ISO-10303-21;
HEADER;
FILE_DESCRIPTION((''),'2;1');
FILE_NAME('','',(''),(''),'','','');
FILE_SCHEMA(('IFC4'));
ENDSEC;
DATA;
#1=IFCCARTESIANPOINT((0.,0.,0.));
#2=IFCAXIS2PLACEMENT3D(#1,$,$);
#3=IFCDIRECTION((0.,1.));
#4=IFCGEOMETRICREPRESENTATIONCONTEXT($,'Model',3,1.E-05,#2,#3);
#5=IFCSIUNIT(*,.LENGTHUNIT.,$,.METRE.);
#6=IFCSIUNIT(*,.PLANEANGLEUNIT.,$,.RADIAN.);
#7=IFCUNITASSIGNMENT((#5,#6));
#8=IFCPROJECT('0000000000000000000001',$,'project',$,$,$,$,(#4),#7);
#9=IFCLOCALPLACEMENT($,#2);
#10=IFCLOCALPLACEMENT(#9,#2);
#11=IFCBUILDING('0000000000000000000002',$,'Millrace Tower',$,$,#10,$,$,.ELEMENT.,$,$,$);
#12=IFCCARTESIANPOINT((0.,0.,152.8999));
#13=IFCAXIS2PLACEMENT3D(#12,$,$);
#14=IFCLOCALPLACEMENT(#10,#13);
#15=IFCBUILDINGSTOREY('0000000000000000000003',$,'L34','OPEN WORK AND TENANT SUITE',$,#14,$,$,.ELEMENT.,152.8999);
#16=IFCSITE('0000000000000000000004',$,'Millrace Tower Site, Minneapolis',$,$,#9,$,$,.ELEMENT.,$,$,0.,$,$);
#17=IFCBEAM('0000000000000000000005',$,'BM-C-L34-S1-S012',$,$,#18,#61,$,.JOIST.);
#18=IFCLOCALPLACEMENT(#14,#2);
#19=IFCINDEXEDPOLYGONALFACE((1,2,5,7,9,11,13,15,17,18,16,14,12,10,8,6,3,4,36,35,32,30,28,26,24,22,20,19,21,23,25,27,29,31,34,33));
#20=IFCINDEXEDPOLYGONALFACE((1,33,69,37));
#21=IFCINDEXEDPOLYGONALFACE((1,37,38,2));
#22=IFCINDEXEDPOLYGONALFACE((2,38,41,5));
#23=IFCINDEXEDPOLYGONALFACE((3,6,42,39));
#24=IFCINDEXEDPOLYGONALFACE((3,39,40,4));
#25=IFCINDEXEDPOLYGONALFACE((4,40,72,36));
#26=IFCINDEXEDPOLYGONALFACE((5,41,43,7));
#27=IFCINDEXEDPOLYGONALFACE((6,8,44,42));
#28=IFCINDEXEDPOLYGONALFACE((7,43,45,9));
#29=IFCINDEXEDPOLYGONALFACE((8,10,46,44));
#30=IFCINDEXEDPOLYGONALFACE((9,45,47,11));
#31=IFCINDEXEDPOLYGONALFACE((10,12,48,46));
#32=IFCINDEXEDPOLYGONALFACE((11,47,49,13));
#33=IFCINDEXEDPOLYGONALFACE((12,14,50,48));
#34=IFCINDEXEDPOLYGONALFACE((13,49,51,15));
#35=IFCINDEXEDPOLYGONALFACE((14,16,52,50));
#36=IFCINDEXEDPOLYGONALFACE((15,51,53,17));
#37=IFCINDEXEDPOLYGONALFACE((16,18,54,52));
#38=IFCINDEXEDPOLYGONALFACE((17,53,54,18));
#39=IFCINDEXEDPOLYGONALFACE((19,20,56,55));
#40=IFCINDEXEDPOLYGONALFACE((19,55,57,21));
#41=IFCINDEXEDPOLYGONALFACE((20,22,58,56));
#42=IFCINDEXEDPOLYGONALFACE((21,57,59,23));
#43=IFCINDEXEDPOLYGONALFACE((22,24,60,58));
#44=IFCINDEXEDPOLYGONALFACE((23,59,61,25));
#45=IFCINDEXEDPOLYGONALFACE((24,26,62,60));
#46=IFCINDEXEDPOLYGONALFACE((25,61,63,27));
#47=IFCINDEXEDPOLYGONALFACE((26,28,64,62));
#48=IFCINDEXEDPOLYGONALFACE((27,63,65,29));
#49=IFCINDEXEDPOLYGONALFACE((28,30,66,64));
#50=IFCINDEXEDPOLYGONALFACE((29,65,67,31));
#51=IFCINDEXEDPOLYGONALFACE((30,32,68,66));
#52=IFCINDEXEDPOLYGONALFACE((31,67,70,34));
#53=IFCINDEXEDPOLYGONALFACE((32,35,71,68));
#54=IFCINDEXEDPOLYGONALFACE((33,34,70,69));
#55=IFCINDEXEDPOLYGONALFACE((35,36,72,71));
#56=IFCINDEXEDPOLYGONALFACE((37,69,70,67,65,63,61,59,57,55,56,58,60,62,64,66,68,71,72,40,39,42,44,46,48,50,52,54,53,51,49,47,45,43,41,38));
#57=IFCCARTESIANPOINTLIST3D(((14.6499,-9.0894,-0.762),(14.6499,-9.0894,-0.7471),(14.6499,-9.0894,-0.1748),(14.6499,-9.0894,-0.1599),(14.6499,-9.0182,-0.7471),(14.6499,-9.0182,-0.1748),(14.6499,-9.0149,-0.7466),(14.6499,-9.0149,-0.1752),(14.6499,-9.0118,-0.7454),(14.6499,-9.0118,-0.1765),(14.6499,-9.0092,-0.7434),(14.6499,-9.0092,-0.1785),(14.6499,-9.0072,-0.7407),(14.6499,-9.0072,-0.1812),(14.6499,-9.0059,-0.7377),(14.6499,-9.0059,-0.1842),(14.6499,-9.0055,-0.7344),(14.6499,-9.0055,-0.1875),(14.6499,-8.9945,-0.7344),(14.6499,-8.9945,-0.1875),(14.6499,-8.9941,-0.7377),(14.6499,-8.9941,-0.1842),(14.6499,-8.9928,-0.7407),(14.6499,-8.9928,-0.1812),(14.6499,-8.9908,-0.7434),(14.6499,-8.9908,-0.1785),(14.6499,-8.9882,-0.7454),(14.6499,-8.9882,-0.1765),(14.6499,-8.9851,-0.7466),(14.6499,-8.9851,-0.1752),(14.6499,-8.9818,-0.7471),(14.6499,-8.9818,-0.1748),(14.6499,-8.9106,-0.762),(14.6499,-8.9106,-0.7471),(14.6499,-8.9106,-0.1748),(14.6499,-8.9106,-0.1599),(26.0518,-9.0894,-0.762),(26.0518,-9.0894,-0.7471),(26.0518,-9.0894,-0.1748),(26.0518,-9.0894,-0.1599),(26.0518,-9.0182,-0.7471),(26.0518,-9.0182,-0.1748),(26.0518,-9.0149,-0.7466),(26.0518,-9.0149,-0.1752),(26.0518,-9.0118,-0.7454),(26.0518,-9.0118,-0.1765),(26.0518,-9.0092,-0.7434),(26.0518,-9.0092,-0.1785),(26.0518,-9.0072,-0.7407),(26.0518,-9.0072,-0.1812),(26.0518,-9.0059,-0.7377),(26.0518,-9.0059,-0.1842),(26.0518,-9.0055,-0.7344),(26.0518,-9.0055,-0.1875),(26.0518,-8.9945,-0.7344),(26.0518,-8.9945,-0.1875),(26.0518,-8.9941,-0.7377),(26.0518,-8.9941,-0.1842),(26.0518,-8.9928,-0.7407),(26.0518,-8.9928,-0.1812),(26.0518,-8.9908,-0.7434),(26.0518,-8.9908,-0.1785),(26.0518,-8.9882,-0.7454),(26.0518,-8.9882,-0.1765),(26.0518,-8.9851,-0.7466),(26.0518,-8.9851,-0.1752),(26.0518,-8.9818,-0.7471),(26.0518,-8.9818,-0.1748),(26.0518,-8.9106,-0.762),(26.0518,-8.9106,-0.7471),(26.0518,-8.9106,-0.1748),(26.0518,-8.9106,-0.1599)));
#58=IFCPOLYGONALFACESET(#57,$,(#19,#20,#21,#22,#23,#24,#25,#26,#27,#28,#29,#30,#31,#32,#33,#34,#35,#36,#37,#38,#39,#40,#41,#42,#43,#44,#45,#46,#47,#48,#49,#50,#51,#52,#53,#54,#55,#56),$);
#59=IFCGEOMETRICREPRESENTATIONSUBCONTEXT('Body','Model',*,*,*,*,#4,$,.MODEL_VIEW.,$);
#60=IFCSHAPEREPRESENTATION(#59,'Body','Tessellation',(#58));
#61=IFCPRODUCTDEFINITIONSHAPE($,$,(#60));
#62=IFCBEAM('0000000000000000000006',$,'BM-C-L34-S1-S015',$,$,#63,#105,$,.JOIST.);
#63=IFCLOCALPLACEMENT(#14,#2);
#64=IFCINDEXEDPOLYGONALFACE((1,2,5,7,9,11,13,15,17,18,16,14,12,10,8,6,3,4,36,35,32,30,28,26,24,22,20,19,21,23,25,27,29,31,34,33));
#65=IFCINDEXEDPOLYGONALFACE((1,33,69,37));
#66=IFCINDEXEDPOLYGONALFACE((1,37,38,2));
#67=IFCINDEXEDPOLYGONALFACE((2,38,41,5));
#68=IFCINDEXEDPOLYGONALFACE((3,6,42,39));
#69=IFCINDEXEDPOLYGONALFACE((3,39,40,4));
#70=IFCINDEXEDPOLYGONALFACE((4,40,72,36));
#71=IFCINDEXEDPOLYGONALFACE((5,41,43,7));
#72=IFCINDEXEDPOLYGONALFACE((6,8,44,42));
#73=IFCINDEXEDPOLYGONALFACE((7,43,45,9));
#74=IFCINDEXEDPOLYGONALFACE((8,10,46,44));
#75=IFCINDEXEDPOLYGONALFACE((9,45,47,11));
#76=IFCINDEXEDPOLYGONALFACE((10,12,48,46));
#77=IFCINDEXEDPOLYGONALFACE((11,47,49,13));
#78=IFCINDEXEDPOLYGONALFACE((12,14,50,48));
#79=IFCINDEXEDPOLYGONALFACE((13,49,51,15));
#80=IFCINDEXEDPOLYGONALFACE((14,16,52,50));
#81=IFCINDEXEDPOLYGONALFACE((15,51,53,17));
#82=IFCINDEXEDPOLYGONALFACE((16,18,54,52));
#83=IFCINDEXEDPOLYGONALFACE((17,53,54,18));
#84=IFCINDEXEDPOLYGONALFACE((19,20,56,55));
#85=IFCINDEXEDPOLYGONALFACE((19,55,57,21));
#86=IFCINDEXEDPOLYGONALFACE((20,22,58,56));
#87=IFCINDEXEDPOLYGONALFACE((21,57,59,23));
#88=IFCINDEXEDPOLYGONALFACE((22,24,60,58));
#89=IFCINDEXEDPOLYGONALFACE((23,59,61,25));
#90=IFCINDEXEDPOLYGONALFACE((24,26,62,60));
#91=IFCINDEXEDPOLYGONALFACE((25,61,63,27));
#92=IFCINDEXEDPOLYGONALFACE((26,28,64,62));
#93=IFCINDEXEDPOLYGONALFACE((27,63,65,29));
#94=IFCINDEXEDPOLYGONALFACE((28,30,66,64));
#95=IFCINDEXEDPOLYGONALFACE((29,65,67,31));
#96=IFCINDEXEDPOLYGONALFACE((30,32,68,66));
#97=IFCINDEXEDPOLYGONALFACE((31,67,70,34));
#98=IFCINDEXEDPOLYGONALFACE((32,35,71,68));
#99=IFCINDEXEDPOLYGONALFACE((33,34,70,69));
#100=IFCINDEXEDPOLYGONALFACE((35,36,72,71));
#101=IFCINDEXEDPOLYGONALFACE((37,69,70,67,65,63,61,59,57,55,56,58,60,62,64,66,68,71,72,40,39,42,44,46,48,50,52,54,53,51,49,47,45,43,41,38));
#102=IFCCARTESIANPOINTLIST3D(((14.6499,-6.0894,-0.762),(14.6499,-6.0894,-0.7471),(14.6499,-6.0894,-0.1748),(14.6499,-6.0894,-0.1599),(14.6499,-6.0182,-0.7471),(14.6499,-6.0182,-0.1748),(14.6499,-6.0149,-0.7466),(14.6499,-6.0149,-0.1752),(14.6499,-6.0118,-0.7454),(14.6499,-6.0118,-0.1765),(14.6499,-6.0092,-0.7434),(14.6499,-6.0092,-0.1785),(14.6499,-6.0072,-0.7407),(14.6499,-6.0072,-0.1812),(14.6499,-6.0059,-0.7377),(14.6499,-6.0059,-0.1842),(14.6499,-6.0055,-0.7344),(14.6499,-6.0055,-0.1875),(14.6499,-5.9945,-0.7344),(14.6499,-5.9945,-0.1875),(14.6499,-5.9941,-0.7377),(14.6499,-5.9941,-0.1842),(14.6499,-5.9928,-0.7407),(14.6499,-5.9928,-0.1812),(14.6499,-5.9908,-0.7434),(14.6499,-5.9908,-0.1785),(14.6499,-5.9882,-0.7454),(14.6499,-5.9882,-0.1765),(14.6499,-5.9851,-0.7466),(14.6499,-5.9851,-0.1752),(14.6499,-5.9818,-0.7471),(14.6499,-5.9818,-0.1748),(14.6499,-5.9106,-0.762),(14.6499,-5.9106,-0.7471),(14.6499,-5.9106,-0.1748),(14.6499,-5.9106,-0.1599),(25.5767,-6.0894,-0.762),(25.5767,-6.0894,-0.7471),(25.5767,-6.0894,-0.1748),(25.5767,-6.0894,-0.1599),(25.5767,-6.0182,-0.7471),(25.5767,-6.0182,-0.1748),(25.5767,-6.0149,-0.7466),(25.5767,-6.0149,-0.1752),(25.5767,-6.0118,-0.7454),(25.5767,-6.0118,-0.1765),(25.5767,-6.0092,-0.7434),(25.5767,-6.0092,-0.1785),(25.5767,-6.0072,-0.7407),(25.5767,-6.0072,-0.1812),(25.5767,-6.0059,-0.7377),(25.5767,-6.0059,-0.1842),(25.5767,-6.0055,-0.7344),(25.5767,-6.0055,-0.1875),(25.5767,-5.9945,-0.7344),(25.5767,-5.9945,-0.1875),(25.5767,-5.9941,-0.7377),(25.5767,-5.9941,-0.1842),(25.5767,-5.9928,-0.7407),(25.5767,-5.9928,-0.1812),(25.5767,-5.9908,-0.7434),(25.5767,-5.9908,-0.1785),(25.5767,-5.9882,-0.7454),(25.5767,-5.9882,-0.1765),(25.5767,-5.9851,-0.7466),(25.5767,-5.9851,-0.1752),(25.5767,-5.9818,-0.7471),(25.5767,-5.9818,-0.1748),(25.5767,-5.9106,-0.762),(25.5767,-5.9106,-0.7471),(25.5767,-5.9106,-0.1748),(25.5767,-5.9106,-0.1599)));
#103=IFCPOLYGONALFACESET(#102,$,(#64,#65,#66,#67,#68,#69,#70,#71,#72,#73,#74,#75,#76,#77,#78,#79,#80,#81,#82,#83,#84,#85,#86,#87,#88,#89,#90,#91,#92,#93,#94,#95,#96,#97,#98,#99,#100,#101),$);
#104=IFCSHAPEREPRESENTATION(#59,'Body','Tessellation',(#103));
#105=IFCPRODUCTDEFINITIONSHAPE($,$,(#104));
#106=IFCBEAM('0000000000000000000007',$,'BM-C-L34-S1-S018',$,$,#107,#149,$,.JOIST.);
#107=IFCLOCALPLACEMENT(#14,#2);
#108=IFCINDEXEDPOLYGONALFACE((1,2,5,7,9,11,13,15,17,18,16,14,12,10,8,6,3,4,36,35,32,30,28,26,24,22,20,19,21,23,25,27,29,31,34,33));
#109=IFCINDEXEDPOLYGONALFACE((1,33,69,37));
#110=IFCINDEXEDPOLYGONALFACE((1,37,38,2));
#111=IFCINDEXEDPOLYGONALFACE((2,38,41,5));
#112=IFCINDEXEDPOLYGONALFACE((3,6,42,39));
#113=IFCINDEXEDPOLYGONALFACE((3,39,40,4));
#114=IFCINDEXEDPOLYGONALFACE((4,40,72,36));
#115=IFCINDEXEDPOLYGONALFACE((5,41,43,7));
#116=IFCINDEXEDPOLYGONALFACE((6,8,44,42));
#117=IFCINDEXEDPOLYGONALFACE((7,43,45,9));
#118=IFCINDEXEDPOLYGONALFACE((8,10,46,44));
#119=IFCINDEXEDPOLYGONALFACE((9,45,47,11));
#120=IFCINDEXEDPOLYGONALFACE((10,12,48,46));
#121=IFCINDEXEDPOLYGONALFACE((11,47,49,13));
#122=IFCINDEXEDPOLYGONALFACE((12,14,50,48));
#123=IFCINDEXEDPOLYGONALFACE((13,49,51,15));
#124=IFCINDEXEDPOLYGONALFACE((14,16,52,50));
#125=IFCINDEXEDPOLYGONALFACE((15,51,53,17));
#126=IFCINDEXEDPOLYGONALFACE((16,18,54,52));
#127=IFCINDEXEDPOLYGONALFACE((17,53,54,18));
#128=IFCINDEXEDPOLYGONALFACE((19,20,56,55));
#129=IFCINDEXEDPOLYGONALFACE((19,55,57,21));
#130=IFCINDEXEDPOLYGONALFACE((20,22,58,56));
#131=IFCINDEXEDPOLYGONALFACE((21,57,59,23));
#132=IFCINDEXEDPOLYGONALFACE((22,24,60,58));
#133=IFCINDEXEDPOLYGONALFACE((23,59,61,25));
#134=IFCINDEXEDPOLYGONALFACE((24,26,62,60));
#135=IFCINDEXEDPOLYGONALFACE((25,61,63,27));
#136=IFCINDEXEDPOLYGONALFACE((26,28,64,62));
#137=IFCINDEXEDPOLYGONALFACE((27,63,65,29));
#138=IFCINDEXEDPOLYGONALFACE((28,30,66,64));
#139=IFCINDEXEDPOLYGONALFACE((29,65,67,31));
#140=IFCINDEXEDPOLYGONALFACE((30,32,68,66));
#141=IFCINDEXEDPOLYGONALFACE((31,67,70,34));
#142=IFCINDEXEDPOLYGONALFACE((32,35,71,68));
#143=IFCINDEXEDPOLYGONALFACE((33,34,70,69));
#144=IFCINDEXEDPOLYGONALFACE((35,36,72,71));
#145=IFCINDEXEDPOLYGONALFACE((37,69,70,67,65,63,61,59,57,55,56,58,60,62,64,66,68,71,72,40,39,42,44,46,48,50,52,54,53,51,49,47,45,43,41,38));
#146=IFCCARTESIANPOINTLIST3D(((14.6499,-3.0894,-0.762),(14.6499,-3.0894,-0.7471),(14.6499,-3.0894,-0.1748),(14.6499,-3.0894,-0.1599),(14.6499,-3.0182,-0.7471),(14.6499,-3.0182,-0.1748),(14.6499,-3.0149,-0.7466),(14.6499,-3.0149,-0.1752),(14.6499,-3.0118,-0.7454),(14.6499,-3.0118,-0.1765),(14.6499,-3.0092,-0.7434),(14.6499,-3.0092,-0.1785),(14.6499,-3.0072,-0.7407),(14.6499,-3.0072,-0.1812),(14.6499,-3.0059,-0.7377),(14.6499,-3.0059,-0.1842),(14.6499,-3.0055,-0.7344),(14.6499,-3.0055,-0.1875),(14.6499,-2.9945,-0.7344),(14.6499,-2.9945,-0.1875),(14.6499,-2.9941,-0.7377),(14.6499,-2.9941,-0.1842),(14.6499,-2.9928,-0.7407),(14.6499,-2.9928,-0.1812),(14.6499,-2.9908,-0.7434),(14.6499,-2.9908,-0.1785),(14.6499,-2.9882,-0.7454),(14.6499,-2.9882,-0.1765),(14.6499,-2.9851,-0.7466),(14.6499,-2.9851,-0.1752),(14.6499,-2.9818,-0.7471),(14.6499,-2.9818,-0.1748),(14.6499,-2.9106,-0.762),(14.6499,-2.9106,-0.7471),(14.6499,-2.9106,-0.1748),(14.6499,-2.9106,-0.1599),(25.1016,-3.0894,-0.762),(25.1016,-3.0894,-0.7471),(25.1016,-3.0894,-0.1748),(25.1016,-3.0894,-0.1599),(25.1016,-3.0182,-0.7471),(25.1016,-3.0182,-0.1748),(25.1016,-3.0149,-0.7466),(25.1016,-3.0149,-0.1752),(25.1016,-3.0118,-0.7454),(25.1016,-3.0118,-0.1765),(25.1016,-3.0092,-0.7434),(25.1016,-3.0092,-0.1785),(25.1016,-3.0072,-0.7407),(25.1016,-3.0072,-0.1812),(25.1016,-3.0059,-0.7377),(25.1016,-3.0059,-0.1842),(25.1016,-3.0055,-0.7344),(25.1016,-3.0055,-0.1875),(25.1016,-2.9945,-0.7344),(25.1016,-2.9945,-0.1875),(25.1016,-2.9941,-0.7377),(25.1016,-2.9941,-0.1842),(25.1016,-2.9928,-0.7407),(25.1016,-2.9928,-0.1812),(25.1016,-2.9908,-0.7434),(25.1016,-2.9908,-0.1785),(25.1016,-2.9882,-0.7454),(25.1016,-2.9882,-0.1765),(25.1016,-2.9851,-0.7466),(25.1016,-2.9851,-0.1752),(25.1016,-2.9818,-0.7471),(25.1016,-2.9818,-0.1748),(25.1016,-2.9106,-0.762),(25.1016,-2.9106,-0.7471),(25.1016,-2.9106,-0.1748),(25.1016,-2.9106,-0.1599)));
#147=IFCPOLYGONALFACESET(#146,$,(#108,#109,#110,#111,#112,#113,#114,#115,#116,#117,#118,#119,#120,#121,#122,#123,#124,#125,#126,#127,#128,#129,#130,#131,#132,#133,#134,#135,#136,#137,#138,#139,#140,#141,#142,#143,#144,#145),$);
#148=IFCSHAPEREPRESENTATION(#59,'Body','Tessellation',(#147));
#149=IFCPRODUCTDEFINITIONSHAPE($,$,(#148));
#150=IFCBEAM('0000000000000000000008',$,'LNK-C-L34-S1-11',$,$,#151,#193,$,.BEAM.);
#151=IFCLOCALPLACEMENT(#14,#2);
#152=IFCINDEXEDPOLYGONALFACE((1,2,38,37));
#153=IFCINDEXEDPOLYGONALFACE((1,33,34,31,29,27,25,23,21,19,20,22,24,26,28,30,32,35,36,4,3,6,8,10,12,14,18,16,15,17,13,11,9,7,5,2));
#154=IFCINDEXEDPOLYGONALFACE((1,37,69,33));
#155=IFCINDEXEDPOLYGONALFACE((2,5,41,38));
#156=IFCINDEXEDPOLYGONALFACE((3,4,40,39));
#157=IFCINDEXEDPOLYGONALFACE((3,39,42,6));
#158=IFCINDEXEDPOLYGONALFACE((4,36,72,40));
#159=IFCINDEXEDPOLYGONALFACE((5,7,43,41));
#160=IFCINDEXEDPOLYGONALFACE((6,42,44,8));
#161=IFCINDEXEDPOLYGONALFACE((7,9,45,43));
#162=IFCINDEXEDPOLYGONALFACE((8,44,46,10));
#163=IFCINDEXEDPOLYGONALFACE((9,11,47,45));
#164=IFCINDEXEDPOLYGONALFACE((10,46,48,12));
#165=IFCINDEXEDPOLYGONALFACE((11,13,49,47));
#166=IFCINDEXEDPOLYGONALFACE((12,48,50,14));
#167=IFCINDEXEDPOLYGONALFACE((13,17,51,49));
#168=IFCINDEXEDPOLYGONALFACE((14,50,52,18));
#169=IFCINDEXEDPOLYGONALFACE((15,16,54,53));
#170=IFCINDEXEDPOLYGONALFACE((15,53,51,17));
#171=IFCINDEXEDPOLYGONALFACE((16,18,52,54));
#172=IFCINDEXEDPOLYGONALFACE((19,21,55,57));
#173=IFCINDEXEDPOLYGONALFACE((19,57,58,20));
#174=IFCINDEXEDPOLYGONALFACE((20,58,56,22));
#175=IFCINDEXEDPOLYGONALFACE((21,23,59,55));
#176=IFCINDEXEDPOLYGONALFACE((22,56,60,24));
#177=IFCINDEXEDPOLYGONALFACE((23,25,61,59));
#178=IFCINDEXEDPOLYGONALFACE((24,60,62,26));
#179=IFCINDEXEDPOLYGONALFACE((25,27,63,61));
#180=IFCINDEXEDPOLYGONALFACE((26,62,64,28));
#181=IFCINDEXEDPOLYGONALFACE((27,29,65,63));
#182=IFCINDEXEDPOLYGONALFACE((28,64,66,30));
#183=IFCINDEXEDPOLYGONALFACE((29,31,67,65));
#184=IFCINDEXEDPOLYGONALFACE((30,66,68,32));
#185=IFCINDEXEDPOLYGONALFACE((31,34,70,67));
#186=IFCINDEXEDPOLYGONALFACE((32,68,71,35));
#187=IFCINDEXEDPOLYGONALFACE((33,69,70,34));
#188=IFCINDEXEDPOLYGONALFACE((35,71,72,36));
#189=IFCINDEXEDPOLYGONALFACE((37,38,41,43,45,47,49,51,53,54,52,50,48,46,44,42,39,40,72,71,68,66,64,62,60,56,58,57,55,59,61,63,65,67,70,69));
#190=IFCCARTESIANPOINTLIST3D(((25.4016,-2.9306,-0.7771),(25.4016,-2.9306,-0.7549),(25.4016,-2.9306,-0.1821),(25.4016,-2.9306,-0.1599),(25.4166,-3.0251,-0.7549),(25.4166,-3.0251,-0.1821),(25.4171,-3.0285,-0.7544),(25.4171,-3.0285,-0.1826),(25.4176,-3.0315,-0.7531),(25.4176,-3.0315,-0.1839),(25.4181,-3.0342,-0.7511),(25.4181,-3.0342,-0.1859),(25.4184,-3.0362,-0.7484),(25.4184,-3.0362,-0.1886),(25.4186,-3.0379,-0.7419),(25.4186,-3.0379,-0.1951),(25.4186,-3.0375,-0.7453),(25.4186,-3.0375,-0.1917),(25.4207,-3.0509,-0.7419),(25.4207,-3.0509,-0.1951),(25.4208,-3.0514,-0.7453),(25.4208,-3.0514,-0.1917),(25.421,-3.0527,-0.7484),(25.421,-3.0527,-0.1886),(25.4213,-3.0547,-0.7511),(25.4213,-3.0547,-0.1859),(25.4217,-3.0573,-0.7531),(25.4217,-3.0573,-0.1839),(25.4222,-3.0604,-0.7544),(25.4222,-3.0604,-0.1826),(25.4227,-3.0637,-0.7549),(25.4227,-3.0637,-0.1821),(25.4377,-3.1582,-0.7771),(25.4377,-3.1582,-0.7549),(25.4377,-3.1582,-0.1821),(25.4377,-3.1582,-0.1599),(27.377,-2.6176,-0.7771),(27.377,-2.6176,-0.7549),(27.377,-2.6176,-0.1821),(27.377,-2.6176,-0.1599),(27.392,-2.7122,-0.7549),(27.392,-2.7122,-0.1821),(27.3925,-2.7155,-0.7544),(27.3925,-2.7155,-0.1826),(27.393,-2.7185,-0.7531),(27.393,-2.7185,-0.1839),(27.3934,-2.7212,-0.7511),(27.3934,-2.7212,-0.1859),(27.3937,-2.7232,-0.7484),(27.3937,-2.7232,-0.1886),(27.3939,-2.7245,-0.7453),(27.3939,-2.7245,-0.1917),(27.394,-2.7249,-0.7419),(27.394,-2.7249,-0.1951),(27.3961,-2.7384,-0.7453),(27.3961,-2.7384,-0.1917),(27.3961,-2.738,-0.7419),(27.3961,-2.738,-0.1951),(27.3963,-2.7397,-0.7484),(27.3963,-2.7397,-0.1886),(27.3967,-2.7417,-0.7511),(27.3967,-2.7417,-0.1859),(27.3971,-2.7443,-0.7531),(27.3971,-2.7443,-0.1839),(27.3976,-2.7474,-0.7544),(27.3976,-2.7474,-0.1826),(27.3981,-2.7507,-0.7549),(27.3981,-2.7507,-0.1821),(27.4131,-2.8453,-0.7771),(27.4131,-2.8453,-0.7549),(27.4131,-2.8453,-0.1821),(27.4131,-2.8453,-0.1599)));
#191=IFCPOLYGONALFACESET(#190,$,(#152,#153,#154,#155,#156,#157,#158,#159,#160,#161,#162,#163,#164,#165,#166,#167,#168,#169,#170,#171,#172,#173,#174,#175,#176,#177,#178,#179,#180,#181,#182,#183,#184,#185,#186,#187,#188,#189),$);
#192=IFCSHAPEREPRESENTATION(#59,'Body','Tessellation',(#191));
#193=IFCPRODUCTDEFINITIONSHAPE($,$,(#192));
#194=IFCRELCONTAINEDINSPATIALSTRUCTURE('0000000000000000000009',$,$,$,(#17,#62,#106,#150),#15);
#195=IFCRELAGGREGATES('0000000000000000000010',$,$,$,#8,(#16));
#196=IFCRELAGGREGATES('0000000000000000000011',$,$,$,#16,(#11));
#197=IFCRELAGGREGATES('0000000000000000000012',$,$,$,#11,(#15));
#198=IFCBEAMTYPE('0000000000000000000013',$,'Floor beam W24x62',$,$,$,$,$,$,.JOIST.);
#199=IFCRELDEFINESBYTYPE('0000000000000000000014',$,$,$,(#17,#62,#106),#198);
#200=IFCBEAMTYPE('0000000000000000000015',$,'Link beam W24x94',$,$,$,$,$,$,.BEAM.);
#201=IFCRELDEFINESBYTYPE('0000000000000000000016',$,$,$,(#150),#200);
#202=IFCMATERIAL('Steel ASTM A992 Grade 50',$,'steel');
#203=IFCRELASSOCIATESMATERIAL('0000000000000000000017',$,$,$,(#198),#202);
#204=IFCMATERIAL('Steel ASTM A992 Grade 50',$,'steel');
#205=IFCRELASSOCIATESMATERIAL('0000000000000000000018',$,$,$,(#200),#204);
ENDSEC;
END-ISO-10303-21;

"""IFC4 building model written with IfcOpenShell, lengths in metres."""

from ifc_helpers import new_model, si_unit, direction, frame, origin, origin_2d, place, context, subcontext, project, spatial, i_section, extrude, material, material_profile, profile_set, type_object, element, save


model = new_model("IFC4")

# Units and contexts
model_context = context("Model", 3, precision=1e-05, world=origin(), true_north=direction((0.0, 1.0)))
body_context = subcontext(model_context, "Body", "Model", "MODEL_VIEW")
ifc_project = project(units=[si_unit("LENGTHUNIT", "METRE"), si_unit("PLANEANGLEUNIT", "RADIAN")], contexts=[model_context])

# Site, building, storey
site_placement = place(None, origin())
site = spatial("IfcSite", under=ifc_project, at=site_placement, Name="Millrace Tower Site, Minneapolis", CompositionType="ELEMENT", RefElevation=0.0)
building_placement = place(site_placement, origin())
building = spatial("IfcBuilding", under=site, at=building_placement, Name="Millrace Tower", CompositionType="ELEMENT")
storey_placement = place(building_placement, frame((0.0, 0.0, 152.8999)))
storey = spatial("IfcBuildingStorey", under=building, at=storey_placement, Name="L34", Description="OPEN WORK AND TENANT SUITE", CompositionType="ELEMENT", Elevation=152.8999)

# Beams
ifc_material_1 = material(Name="Steel ASTM A992 Grade 50", Category="steel")
ifc_material_profile_1 = material_profile(ifc_material_1, i_section(OverallWidth=0.1787, OverallDepth=0.6021, WebThickness=0.011, FlangeThickness=0.0149, FilletRadius=0.0127, at=origin_2d()))
ifc_profile_set_1 = profile_set([ifc_material_profile_1], Name="Steel ASTM A992 Grade 50")
beam_type_1 = type_object("IfcBeamType", Name="Floor beam W24x62", PredefinedType="JOIST", material=ifc_profile_set_1)
beam_1_placement = place(storey_placement, frame((14.6499, -9.0, -0.4609), z_axis=(1.0, 0.0, 0.0), x_axis=(0.0, 1.0, 0.0)))
element("IfcBeam", 1, at=beam_1_placement, inside=storey, type_object=beam_type_1, Name="BM-C-L34-S1-S012", PredefinedType="JOIST", context=body_context, shape_type="SweptSolid", body=[
    extrude(i_section(OverallWidth=0.1787, OverallDepth=0.6021, WebThickness=0.011, FlangeThickness=0.0149, FilletRadius=0.0127, at=origin_2d()), origin(), (0.0, 0.0, 1.0), 11.4019),
])
beam_2_placement = place(storey_placement, frame((14.6499, -6.0, -0.4609), z_axis=(1.0, 0.0, 0.0), x_axis=(0.0, 1.0, 0.0)))
element("IfcBeam", 2, at=beam_2_placement, inside=storey, type_object=beam_type_1, Name="BM-C-L34-S1-S015", PredefinedType="JOIST", context=body_context, shape_type="SweptSolid", body=[
    extrude(i_section(OverallWidth=0.1787, OverallDepth=0.6021, WebThickness=0.011, FlangeThickness=0.0149, FilletRadius=0.0127, at=origin_2d()), origin(), (0.0, 0.0, 1.0), 10.9268),
])
beam_3_placement = place(storey_placement, frame((14.6499, -3.0, -0.4609), z_axis=(1.0, 0.0, 0.0), x_axis=(0.0, 1.0, 0.0)))
element("IfcBeam", 3, at=beam_3_placement, inside=storey, type_object=beam_type_1, Name="BM-C-L34-S1-S018", PredefinedType="JOIST", context=body_context, shape_type="SweptSolid", body=[
    extrude(i_section(OverallWidth=0.1787, OverallDepth=0.6021, WebThickness=0.011, FlangeThickness=0.0149, FilletRadius=0.0127, at=origin_2d()), origin(), (0.0, 0.0, 1.0), 10.4517),
])
ifc_material_2 = material(Name="Steel ASTM A992 Grade 50", Category="steel")
ifc_material_profile_2 = material_profile(ifc_material_2, i_section(OverallWidth=0.2305, OverallDepth=0.6172, WebThickness=0.0132, FlangeThickness=0.0222, FilletRadius=0.0129, at=origin_2d()))
ifc_profile_set_2 = profile_set([ifc_material_profile_2], Name="Steel ASTM A992 Grade 50")
beam_type_2 = type_object("IfcBeamType", Name="Link beam W24x94", PredefinedType="BEAM", material=ifc_profile_set_2)
beam_4_placement = place(storey_placement, frame((25.4197, -3.0444, -0.4685), z_axis=(0.987679, 0.156495, 0.0), x_axis=(-0.156495, 0.987679, 0.0)))
element("IfcBeam", 4, at=beam_4_placement, inside=storey, type_object=beam_type_2, Name="LNK-C-L34-S1-11", PredefinedType="BEAM", context=body_context, shape_type="SweptSolid", body=[
    extrude(i_section(OverallWidth=0.2305, OverallDepth=0.6172, WebThickness=0.0132, FlangeThickness=0.0222, FilletRadius=0.0129, at=origin_2d()), origin(), (0.0, 0.0, 1.0), 2.0),
])

save(model, "model.ifc")
